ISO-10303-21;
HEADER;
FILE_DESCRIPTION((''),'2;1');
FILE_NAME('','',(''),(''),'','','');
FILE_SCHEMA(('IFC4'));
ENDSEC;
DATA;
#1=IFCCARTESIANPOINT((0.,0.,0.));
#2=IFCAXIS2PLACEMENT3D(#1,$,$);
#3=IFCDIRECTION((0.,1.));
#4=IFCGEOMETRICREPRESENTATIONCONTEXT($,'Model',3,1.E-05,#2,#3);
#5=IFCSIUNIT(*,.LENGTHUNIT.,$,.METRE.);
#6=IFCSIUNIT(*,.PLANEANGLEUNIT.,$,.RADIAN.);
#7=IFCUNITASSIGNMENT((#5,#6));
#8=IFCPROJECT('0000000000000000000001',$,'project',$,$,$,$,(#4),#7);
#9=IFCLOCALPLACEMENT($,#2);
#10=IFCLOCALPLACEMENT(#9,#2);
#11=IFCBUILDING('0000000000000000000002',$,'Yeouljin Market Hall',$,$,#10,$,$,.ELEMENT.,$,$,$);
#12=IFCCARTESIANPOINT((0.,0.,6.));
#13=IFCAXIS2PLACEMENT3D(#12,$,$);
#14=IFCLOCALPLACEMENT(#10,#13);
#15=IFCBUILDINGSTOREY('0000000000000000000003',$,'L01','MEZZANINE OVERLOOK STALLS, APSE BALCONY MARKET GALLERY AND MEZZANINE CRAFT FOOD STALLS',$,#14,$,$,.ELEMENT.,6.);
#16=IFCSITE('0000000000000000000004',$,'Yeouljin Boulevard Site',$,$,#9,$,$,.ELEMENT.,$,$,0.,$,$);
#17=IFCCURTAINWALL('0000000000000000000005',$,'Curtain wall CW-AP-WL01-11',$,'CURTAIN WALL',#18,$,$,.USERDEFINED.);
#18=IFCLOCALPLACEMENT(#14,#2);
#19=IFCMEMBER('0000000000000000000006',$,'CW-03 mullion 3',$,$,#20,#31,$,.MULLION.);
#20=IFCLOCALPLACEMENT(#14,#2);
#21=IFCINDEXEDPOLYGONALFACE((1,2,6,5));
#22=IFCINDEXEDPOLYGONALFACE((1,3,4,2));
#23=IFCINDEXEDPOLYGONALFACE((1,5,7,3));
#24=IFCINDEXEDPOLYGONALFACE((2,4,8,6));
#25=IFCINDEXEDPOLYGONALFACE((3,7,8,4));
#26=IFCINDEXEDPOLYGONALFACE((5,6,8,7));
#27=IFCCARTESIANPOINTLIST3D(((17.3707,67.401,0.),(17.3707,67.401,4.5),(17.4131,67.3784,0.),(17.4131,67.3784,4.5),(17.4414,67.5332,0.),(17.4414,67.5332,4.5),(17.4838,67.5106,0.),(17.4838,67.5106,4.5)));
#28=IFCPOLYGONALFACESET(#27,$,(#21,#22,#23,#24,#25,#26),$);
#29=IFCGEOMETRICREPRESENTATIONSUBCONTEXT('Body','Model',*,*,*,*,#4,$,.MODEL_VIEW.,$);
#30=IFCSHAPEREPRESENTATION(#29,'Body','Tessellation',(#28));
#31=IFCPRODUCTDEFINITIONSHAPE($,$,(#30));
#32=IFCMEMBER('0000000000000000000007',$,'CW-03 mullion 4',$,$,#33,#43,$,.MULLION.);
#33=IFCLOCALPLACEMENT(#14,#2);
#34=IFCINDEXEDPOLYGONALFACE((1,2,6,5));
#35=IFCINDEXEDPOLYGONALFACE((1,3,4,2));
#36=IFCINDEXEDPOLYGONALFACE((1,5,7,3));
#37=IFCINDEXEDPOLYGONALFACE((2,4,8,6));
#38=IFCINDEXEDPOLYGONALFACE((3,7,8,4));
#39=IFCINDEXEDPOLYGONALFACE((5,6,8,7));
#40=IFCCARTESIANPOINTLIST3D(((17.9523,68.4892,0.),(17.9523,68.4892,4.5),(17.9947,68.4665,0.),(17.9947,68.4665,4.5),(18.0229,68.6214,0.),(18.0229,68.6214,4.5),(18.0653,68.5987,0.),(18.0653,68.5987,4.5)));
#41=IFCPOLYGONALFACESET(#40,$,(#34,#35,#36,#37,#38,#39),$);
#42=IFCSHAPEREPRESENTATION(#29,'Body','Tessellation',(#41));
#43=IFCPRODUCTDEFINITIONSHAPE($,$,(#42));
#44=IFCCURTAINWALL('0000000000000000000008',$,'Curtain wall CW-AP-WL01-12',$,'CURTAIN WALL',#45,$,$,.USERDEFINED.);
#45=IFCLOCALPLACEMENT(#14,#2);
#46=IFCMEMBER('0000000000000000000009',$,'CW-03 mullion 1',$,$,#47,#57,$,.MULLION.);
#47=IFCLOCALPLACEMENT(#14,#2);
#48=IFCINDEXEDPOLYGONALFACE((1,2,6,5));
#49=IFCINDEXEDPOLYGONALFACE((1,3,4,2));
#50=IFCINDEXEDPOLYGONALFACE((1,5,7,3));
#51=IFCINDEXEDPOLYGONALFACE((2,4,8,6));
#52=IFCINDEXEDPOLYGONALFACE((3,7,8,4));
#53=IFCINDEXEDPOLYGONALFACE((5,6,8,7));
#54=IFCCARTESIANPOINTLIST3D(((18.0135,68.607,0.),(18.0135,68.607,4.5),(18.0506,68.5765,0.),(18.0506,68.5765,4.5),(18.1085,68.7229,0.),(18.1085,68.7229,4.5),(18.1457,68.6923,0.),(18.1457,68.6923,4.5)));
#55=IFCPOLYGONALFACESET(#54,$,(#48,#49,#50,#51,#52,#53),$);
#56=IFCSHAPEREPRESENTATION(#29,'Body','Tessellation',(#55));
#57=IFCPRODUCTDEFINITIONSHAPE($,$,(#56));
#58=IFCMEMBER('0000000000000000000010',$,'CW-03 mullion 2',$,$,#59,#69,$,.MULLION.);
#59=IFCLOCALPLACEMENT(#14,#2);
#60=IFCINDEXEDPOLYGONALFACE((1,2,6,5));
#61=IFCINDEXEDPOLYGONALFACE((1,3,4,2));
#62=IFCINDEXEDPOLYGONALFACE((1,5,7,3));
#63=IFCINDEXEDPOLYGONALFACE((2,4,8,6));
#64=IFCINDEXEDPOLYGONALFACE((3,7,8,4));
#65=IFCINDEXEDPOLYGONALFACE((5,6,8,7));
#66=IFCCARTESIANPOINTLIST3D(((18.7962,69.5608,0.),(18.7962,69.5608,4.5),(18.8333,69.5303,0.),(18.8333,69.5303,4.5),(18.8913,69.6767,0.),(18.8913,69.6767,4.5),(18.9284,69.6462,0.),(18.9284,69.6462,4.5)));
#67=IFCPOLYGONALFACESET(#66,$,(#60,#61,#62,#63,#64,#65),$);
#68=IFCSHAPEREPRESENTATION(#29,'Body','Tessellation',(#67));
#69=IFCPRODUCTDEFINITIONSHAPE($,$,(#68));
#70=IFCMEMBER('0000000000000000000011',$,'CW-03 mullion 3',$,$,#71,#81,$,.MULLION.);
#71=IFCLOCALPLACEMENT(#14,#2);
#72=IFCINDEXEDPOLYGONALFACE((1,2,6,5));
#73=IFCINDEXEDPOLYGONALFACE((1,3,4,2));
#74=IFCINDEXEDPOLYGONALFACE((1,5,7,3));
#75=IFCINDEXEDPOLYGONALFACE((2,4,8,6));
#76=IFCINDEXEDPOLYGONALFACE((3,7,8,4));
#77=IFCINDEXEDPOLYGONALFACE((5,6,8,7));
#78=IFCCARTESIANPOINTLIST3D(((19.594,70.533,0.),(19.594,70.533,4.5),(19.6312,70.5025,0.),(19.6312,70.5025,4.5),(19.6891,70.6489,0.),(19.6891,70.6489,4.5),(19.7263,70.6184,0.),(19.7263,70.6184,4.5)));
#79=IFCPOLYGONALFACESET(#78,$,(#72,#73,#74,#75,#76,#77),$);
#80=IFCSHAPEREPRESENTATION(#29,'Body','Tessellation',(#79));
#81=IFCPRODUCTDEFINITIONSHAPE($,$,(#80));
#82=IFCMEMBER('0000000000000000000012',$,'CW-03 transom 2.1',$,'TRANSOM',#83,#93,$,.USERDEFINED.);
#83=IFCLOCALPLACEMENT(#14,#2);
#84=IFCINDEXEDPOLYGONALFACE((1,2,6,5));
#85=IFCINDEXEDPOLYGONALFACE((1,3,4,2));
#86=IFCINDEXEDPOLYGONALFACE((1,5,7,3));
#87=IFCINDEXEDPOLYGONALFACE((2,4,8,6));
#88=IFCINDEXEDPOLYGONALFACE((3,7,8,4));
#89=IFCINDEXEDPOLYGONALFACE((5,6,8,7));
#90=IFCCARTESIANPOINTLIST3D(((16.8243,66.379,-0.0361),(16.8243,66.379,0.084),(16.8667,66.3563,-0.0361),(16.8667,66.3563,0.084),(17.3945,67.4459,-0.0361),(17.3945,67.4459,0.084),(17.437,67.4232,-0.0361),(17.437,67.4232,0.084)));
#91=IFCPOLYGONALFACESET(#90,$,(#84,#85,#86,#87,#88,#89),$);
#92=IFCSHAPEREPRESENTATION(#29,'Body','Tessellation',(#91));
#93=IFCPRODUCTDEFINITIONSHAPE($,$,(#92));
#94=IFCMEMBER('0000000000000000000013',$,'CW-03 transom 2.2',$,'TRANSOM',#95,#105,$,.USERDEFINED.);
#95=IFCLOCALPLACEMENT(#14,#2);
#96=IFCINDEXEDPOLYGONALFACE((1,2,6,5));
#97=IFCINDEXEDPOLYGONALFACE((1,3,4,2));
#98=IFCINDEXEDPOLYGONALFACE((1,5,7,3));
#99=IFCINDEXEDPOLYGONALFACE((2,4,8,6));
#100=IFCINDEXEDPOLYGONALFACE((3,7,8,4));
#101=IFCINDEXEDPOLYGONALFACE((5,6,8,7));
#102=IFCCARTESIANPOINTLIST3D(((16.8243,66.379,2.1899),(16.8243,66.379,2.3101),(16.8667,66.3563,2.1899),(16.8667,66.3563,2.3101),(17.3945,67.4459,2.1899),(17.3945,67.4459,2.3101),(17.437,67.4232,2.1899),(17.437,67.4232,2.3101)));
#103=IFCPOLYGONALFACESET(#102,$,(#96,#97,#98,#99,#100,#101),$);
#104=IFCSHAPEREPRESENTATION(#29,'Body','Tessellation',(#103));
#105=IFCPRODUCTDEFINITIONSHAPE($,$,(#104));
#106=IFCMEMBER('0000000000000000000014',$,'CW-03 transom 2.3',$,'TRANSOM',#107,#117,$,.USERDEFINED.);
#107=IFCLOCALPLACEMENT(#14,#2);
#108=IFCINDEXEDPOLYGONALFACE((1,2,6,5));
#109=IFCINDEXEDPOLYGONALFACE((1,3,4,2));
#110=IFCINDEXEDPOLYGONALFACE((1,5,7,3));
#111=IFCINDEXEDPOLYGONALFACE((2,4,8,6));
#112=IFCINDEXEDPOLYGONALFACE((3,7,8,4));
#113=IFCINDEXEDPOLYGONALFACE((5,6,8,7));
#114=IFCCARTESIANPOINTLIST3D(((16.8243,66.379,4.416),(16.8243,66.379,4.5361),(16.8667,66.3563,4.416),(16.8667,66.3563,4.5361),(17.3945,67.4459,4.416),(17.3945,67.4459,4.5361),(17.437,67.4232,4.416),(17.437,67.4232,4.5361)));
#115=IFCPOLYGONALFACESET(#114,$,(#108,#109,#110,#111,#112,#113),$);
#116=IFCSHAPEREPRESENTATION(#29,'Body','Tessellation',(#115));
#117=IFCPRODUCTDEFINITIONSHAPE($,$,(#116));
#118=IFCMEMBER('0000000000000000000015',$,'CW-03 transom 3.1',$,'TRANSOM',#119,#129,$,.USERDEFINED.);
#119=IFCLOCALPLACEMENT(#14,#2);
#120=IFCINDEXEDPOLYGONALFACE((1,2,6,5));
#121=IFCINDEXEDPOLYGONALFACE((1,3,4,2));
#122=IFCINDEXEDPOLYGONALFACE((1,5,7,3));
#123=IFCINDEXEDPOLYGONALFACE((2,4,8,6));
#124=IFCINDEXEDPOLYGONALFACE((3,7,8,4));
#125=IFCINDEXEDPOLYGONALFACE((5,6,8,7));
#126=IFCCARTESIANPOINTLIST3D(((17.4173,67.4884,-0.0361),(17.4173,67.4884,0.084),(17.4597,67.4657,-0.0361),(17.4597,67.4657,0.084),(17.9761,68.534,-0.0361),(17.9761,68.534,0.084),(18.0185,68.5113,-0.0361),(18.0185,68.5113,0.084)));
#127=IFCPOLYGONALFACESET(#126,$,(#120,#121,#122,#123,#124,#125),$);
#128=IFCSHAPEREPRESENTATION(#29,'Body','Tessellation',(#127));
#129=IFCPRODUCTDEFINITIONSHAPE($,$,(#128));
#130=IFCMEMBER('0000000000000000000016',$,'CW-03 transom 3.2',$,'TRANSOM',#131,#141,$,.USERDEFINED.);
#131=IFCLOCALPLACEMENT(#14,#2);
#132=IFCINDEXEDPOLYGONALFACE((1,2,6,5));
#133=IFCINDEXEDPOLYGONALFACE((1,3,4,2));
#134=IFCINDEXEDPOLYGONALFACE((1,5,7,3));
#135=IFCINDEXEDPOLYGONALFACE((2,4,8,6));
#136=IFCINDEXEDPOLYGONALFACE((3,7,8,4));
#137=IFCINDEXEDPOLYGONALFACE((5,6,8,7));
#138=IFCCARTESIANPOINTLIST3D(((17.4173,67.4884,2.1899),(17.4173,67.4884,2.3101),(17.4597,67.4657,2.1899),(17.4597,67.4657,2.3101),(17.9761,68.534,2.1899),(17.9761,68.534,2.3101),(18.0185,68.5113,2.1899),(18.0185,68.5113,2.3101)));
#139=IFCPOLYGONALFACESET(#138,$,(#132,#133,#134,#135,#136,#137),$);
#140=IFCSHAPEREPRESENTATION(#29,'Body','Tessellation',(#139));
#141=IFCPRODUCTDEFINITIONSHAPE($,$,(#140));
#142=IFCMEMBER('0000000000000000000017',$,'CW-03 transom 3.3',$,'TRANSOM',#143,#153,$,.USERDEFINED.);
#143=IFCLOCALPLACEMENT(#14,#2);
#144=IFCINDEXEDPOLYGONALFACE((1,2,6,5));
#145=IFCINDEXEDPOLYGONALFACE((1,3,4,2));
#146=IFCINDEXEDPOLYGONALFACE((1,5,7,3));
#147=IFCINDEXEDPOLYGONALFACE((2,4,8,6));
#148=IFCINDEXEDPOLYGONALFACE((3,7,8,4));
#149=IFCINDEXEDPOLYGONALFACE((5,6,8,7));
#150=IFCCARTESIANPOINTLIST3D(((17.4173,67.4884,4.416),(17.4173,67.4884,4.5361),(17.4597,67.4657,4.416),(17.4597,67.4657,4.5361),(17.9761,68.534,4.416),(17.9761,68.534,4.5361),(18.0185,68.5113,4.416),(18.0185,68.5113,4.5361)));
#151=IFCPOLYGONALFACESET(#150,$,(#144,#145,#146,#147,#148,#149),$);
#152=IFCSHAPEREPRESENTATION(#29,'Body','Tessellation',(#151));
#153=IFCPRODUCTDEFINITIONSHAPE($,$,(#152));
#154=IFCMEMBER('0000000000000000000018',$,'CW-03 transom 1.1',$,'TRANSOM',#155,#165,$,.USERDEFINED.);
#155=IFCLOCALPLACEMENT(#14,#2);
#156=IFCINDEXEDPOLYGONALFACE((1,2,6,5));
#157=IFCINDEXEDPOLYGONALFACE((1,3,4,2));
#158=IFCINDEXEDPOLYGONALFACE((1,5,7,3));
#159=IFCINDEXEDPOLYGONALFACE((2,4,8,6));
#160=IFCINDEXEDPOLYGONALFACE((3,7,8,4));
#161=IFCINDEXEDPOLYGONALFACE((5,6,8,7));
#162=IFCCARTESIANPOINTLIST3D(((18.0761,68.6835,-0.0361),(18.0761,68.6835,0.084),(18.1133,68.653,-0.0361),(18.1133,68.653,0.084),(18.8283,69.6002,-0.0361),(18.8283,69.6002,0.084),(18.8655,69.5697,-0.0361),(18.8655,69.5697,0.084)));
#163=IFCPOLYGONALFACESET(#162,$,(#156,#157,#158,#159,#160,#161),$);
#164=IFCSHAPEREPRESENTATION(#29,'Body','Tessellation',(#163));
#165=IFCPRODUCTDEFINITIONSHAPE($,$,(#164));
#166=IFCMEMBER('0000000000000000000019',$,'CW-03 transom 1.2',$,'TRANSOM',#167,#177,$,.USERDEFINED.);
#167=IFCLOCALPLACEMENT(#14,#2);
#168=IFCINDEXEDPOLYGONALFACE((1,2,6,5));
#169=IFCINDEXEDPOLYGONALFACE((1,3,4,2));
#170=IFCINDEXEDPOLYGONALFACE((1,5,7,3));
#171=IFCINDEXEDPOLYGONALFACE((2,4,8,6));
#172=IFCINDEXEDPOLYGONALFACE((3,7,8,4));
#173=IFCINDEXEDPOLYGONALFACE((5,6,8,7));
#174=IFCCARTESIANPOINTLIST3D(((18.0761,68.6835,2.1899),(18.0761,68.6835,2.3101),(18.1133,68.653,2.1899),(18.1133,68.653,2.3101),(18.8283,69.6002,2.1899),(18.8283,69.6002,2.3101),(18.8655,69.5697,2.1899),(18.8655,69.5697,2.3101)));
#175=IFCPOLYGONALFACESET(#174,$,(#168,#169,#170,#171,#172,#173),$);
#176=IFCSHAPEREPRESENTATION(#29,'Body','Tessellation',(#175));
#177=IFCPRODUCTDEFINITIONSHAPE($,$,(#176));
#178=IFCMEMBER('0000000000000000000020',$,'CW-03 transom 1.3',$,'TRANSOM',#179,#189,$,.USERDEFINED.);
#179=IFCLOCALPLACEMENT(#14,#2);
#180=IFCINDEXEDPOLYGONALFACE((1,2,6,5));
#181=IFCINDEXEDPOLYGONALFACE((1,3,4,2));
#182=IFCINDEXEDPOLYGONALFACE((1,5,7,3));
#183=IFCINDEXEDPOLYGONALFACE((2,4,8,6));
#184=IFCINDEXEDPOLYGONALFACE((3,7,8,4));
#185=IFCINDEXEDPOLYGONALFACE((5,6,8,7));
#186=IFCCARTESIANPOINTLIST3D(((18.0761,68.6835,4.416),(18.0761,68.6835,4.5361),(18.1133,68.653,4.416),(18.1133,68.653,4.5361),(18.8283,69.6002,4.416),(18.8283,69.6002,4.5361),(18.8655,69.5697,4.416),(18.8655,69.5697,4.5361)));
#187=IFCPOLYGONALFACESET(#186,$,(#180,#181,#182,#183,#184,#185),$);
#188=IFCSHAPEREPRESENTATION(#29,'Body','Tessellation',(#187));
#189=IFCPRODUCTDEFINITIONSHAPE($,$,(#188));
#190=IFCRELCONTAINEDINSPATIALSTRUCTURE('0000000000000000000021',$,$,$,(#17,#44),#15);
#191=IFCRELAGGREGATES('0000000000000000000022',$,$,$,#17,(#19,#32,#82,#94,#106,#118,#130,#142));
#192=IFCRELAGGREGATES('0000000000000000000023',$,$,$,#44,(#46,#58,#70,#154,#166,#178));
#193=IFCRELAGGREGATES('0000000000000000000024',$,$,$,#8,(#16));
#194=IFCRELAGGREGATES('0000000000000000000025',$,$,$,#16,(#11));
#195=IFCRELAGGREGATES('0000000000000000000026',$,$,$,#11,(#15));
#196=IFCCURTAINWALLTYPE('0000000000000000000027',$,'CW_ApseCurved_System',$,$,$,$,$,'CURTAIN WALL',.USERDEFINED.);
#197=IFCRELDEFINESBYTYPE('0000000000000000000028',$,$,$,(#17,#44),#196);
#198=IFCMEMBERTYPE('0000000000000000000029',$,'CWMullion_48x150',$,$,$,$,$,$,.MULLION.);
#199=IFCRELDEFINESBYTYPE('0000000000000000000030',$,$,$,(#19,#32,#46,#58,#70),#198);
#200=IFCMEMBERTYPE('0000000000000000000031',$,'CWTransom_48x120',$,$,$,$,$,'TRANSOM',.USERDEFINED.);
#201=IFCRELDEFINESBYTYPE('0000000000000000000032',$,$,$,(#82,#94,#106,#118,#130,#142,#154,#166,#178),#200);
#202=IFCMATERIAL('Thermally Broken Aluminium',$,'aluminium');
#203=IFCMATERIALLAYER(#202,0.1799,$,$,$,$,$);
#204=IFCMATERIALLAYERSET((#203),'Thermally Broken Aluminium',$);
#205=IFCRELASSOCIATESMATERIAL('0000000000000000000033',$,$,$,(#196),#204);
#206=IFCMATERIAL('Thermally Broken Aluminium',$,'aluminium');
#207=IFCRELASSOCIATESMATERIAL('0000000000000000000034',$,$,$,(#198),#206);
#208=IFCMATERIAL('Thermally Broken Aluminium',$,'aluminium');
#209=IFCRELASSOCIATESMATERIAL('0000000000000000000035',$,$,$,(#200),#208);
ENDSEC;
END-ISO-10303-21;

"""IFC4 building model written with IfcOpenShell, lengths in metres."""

from ifc_helpers import new_model, si_unit, direction, frame, origin, origin_2d, place, context, subcontext, project, spatial, rectangle, extrude, material, layer, layer_set, material_profile, profile_set, type_object, element, aggregate, save


model = new_model("IFC4")

# Units and contexts
model_context = context("Model", 3, precision=1e-05, world=origin(), true_north=direction((0.0, 1.0)))
body_context = subcontext(model_context, "Body", "Model", "MODEL_VIEW")
ifc_project = project(units=[si_unit("LENGTHUNIT", "METRE"), si_unit("PLANEANGLEUNIT", "RADIAN")], contexts=[model_context])

# Site, building, storey
site_placement = place(None, origin())
site = spatial("IfcSite", under=ifc_project, at=site_placement, Name="Yeouljin Boulevard Site", CompositionType="ELEMENT", RefElevation=0.0)
building_placement = place(site_placement, origin())
building = spatial("IfcBuilding", under=site, at=building_placement, Name="Yeouljin Market Hall", CompositionType="ELEMENT")
storey_placement = place(building_placement, frame((0.0, 0.0, 6.0)))
storey = spatial("IfcBuildingStorey", under=building, at=storey_placement, Name="L01", Description="MEZZANINE OVERLOOK STALLS, APSE BALCONY MARKET GALLERY AND MEZZANINE CRAFT FOOD STALLS", CompositionType="ELEMENT", Elevation=6.0)

# Curtain walls, members
ifc_material_1 = material(Name="Thermally Broken Aluminium", Category="aluminium")
ifc_layer_1 = layer(ifc_material_1, 0.1799)
ifc_layer_set_1 = layer_set([ifc_layer_1], Name="Thermally Broken Aluminium")
curtain_wall_type = type_object("IfcCurtainWallType", Name="CW_ApseCurved_System", ElementType="CURTAIN WALL", PredefinedType="USERDEFINED", material=ifc_layer_set_1)
curtain_wall_1_placement = place(storey_placement, origin())
curtain_wall_1 = element("IfcCurtainWall", 1, at=curtain_wall_1_placement, inside=storey, type_object=curtain_wall_type, Name="Curtain wall CW-AP-WL01-11", ObjectType="CURTAIN WALL", PredefinedType="USERDEFINED")
ifc_material_2 = material(Name="Thermally Broken Aluminium", Category="aluminium")
ifc_material_profile_1 = material_profile(ifc_material_2, rectangle(XDim=0.0481, YDim=0.1499, at=origin_2d()), Name="CW-MULL-48x150")
ifc_profile_set_1 = profile_set([ifc_material_profile_1], Name="Thermally Broken Aluminium")
member_type_1 = type_object("IfcMemberType", Name="CWMullion_48x150", PredefinedType="MULLION", material=ifc_profile_set_1)
member_1_placement = place(storey_placement, frame((17.4272, 67.4558, 0.0), z_axis=(0.0, 0.0, 1.0), x_axis=(-0.881931, 0.471378, 0.0)))
member_1 = element("IfcMember", 2, at=member_1_placement, type_object=member_type_1, Name="CW-03 mullion 3", PredefinedType="MULLION", context=body_context, shape_type="SweptSolid", body=[
    extrude(rectangle(XDim=0.0481, YDim=0.1499, at=origin_2d()), origin(), (0.0, 0.0, 1.0), 4.5),
])
member_2_placement = place(storey_placement, frame((18.0088, 68.5439, 0.0), z_axis=(0.0, 0.0, 1.0), x_axis=(-0.881931, 0.471378, 0.0)))
member_2 = element("IfcMember", 3, at=member_2_placement, type_object=member_type_1, Name="CW-03 mullion 4", PredefinedType="MULLION", context=body_context, shape_type="SweptSolid", body=[
    extrude(rectangle(XDim=0.0481, YDim=0.1499, at=origin_2d()), origin(), (0.0, 0.0, 1.0), 4.5),
])
curtain_wall_2_placement = place(storey_placement, origin())
curtain_wall_2 = element("IfcCurtainWall", 4, at=curtain_wall_2_placement, inside=storey, type_object=curtain_wall_type, Name="Curtain wall CW-AP-WL01-12", ObjectType="CURTAIN WALL", PredefinedType="USERDEFINED")
member_3_placement = place(storey_placement, frame((18.0796, 68.6497, 0.0), z_axis=(0.0, 0.0, 1.0), x_axis=(-0.773018, 0.634384, 0.0)))
member_3 = element("IfcMember", 5, at=member_3_placement, type_object=member_type_1, Name="CW-03 mullion 1", PredefinedType="MULLION", context=body_context, shape_type="SweptSolid", body=[
    extrude(rectangle(XDim=0.0481, YDim=0.1499, at=origin_2d()), origin(), (0.0, 0.0, 1.0), 4.5),
])
member_4_placement = place(storey_placement, frame((18.8623, 69.6035, 0.0), z_axis=(0.0, 0.0, 1.0), x_axis=(-0.773018, 0.634384, 0.0)))
member_4 = element("IfcMember", 6, at=member_4_placement, type_object=member_type_1, Name="CW-03 mullion 2", PredefinedType="MULLION", context=body_context, shape_type="SweptSolid", body=[
    extrude(rectangle(XDim=0.0481, YDim=0.1499, at=origin_2d()), origin(), (0.0, 0.0, 1.0), 4.5),
])
member_5_placement = place(storey_placement, frame((19.6602, 70.5757, 0.0), z_axis=(0.0, 0.0, 1.0), x_axis=(-0.773018, 0.634384, 0.0)))
member_5 = element("IfcMember", 7, at=member_5_placement, type_object=member_type_1, Name="CW-03 mullion 3", PredefinedType="MULLION", context=body_context, shape_type="SweptSolid", body=[
    extrude(rectangle(XDim=0.0481, YDim=0.1499, at=origin_2d()), origin(), (0.0, 0.0, 1.0), 4.5),
])

# Members
ifc_material_3 = material(Name="Thermally Broken Aluminium", Category="aluminium")
ifc_material_profile_2 = material_profile(ifc_material_3, rectangle(XDim=0.0481, YDim=0.1201, at=origin_2d()), Name="CW-TRAN-48x120")
ifc_profile_set_2 = profile_set([ifc_material_profile_2], Name="Thermally Broken Aluminium")
member_type_2 = type_object("IfcMemberType", Name="CWTransom_48x120", ElementType="TRANSOM", PredefinedType="USERDEFINED", material=ifc_profile_set_2)
member_6_placement = place(storey_placement, frame((16.8455, 66.3677, 0.0239), z_axis=(0.471426, 0.881906, 0.0), x_axis=(-0.881906, 0.471426, 0.0)))
member_6 = element("IfcMember", 8, at=member_6_placement, type_object=member_type_2, Name="CW-03 transom 2.1", ObjectType="TRANSOM", PredefinedType="USERDEFINED", context=body_context, shape_type="SweptSolid", body=[
    extrude(rectangle(XDim=0.0481, YDim=0.1201, at=origin_2d()), origin(), (0.0, 0.0, 1.0), 1.2097),
])
member_7_placement = place(storey_placement, frame((16.8455, 66.3677, 2.25), z_axis=(0.471426, 0.881906, 0.0), x_axis=(-0.881906, 0.471426, 0.0)))
member_7 = element("IfcMember", 9, at=member_7_placement, type_object=member_type_2, Name="CW-03 transom 2.2", ObjectType="TRANSOM", PredefinedType="USERDEFINED", context=body_context, shape_type="SweptSolid", body=[
    extrude(rectangle(XDim=0.0481, YDim=0.1201, at=origin_2d()), origin(), (0.0, 0.0, 1.0), 1.2097),
])
member_8_placement = place(storey_placement, frame((16.8455, 66.3677, 4.4761), z_axis=(0.471426, 0.881906, 0.0), x_axis=(-0.881906, 0.471426, 0.0)))
member_8 = element("IfcMember", 10, at=member_8_placement, type_object=member_type_2, Name="CW-03 transom 2.3", ObjectType="TRANSOM", PredefinedType="USERDEFINED", context=body_context, shape_type="SweptSolid", body=[
    extrude(rectangle(XDim=0.0481, YDim=0.1201, at=origin_2d()), origin(), (0.0, 0.0, 1.0), 1.2097),
])
member_9_placement = place(storey_placement, frame((17.4385, 67.4771, 0.0239), z_axis=(0.471347, 0.881948, 0.0), x_axis=(-0.881948, 0.471347, 0.0)))
member_9 = element("IfcMember", 11, at=member_9_placement, type_object=member_type_2, Name="CW-03 transom 3.1", ObjectType="TRANSOM", PredefinedType="USERDEFINED", context=body_context, shape_type="SweptSolid", body=[
    extrude(rectangle(XDim=0.0481, YDim=0.1201, at=origin_2d()), origin(), (0.0, 0.0, 1.0), 1.1855),
])
member_10_placement = place(storey_placement, frame((17.4385, 67.4771, 2.25), z_axis=(0.471347, 0.881948, 0.0), x_axis=(-0.881948, 0.471347, 0.0)))
member_10 = element("IfcMember", 12, at=member_10_placement, type_object=member_type_2, Name="CW-03 transom 3.2", ObjectType="TRANSOM", PredefinedType="USERDEFINED", context=body_context, shape_type="SweptSolid", body=[
    extrude(rectangle(XDim=0.0481, YDim=0.1201, at=origin_2d()), origin(), (0.0, 0.0, 1.0), 1.1855),
])
member_11_placement = place(storey_placement, frame((17.4385, 67.4771, 4.4761), z_axis=(0.471347, 0.881948, 0.0), x_axis=(-0.881948, 0.471347, 0.0)))
member_11 = element("IfcMember", 13, at=member_11_placement, type_object=member_type_2, Name="CW-03 transom 3.3", ObjectType="TRANSOM", PredefinedType="USERDEFINED", context=body_context, shape_type="SweptSolid", body=[
    extrude(rectangle(XDim=0.0481, YDim=0.1201, at=origin_2d()), origin(), (0.0, 0.0, 1.0), 1.1855),
])
member_12_placement = place(storey_placement, frame((18.0947, 68.6682, 0.0239), z_axis=(0.634313, 0.773076, 0.0), x_axis=(-0.773076, 0.634313, 0.0)))
member_12 = element("IfcMember", 14, at=member_12_placement, type_object=member_type_2, Name="CW-03 transom 1.1", ObjectType="TRANSOM", PredefinedType="USERDEFINED", context=body_context, shape_type="SweptSolid", body=[
    extrude(rectangle(XDim=0.0481, YDim=0.1201, at=origin_2d()), origin(), (0.0, 0.0, 1.0), 1.1858),
])
member_13_placement = place(storey_placement, frame((18.0947, 68.6682, 2.25), z_axis=(0.634313, 0.773076, 0.0), x_axis=(-0.773076, 0.634313, 0.0)))
member_13 = element("IfcMember", 15, at=member_13_placement, type_object=member_type_2, Name="CW-03 transom 1.2", ObjectType="TRANSOM", PredefinedType="USERDEFINED", context=body_context, shape_type="SweptSolid", body=[
    extrude(rectangle(XDim=0.0481, YDim=0.1201, at=origin_2d()), origin(), (0.0, 0.0, 1.0), 1.1858),
])
member_14_placement = place(storey_placement, frame((18.0947, 68.6682, 4.4761), z_axis=(0.634313, 0.773076, 0.0), x_axis=(-0.773076, 0.634313, 0.0)))
member_14 = element("IfcMember", 16, at=member_14_placement, type_object=member_type_2, Name="CW-03 transom 1.3", ObjectType="TRANSOM", PredefinedType="USERDEFINED", context=body_context, shape_type="SweptSolid", body=[
    extrude(rectangle(XDim=0.0481, YDim=0.1201, at=origin_2d()), origin(), (0.0, 0.0, 1.0), 1.1858),
])

aggregate(curtain_wall_1, [member_1, member_2, member_6, member_7, member_8, member_9, member_10, member_11])
aggregate(curtain_wall_2, [member_3, member_4, member_5, member_12, member_13, member_14])

save(model, "model.ifc")
